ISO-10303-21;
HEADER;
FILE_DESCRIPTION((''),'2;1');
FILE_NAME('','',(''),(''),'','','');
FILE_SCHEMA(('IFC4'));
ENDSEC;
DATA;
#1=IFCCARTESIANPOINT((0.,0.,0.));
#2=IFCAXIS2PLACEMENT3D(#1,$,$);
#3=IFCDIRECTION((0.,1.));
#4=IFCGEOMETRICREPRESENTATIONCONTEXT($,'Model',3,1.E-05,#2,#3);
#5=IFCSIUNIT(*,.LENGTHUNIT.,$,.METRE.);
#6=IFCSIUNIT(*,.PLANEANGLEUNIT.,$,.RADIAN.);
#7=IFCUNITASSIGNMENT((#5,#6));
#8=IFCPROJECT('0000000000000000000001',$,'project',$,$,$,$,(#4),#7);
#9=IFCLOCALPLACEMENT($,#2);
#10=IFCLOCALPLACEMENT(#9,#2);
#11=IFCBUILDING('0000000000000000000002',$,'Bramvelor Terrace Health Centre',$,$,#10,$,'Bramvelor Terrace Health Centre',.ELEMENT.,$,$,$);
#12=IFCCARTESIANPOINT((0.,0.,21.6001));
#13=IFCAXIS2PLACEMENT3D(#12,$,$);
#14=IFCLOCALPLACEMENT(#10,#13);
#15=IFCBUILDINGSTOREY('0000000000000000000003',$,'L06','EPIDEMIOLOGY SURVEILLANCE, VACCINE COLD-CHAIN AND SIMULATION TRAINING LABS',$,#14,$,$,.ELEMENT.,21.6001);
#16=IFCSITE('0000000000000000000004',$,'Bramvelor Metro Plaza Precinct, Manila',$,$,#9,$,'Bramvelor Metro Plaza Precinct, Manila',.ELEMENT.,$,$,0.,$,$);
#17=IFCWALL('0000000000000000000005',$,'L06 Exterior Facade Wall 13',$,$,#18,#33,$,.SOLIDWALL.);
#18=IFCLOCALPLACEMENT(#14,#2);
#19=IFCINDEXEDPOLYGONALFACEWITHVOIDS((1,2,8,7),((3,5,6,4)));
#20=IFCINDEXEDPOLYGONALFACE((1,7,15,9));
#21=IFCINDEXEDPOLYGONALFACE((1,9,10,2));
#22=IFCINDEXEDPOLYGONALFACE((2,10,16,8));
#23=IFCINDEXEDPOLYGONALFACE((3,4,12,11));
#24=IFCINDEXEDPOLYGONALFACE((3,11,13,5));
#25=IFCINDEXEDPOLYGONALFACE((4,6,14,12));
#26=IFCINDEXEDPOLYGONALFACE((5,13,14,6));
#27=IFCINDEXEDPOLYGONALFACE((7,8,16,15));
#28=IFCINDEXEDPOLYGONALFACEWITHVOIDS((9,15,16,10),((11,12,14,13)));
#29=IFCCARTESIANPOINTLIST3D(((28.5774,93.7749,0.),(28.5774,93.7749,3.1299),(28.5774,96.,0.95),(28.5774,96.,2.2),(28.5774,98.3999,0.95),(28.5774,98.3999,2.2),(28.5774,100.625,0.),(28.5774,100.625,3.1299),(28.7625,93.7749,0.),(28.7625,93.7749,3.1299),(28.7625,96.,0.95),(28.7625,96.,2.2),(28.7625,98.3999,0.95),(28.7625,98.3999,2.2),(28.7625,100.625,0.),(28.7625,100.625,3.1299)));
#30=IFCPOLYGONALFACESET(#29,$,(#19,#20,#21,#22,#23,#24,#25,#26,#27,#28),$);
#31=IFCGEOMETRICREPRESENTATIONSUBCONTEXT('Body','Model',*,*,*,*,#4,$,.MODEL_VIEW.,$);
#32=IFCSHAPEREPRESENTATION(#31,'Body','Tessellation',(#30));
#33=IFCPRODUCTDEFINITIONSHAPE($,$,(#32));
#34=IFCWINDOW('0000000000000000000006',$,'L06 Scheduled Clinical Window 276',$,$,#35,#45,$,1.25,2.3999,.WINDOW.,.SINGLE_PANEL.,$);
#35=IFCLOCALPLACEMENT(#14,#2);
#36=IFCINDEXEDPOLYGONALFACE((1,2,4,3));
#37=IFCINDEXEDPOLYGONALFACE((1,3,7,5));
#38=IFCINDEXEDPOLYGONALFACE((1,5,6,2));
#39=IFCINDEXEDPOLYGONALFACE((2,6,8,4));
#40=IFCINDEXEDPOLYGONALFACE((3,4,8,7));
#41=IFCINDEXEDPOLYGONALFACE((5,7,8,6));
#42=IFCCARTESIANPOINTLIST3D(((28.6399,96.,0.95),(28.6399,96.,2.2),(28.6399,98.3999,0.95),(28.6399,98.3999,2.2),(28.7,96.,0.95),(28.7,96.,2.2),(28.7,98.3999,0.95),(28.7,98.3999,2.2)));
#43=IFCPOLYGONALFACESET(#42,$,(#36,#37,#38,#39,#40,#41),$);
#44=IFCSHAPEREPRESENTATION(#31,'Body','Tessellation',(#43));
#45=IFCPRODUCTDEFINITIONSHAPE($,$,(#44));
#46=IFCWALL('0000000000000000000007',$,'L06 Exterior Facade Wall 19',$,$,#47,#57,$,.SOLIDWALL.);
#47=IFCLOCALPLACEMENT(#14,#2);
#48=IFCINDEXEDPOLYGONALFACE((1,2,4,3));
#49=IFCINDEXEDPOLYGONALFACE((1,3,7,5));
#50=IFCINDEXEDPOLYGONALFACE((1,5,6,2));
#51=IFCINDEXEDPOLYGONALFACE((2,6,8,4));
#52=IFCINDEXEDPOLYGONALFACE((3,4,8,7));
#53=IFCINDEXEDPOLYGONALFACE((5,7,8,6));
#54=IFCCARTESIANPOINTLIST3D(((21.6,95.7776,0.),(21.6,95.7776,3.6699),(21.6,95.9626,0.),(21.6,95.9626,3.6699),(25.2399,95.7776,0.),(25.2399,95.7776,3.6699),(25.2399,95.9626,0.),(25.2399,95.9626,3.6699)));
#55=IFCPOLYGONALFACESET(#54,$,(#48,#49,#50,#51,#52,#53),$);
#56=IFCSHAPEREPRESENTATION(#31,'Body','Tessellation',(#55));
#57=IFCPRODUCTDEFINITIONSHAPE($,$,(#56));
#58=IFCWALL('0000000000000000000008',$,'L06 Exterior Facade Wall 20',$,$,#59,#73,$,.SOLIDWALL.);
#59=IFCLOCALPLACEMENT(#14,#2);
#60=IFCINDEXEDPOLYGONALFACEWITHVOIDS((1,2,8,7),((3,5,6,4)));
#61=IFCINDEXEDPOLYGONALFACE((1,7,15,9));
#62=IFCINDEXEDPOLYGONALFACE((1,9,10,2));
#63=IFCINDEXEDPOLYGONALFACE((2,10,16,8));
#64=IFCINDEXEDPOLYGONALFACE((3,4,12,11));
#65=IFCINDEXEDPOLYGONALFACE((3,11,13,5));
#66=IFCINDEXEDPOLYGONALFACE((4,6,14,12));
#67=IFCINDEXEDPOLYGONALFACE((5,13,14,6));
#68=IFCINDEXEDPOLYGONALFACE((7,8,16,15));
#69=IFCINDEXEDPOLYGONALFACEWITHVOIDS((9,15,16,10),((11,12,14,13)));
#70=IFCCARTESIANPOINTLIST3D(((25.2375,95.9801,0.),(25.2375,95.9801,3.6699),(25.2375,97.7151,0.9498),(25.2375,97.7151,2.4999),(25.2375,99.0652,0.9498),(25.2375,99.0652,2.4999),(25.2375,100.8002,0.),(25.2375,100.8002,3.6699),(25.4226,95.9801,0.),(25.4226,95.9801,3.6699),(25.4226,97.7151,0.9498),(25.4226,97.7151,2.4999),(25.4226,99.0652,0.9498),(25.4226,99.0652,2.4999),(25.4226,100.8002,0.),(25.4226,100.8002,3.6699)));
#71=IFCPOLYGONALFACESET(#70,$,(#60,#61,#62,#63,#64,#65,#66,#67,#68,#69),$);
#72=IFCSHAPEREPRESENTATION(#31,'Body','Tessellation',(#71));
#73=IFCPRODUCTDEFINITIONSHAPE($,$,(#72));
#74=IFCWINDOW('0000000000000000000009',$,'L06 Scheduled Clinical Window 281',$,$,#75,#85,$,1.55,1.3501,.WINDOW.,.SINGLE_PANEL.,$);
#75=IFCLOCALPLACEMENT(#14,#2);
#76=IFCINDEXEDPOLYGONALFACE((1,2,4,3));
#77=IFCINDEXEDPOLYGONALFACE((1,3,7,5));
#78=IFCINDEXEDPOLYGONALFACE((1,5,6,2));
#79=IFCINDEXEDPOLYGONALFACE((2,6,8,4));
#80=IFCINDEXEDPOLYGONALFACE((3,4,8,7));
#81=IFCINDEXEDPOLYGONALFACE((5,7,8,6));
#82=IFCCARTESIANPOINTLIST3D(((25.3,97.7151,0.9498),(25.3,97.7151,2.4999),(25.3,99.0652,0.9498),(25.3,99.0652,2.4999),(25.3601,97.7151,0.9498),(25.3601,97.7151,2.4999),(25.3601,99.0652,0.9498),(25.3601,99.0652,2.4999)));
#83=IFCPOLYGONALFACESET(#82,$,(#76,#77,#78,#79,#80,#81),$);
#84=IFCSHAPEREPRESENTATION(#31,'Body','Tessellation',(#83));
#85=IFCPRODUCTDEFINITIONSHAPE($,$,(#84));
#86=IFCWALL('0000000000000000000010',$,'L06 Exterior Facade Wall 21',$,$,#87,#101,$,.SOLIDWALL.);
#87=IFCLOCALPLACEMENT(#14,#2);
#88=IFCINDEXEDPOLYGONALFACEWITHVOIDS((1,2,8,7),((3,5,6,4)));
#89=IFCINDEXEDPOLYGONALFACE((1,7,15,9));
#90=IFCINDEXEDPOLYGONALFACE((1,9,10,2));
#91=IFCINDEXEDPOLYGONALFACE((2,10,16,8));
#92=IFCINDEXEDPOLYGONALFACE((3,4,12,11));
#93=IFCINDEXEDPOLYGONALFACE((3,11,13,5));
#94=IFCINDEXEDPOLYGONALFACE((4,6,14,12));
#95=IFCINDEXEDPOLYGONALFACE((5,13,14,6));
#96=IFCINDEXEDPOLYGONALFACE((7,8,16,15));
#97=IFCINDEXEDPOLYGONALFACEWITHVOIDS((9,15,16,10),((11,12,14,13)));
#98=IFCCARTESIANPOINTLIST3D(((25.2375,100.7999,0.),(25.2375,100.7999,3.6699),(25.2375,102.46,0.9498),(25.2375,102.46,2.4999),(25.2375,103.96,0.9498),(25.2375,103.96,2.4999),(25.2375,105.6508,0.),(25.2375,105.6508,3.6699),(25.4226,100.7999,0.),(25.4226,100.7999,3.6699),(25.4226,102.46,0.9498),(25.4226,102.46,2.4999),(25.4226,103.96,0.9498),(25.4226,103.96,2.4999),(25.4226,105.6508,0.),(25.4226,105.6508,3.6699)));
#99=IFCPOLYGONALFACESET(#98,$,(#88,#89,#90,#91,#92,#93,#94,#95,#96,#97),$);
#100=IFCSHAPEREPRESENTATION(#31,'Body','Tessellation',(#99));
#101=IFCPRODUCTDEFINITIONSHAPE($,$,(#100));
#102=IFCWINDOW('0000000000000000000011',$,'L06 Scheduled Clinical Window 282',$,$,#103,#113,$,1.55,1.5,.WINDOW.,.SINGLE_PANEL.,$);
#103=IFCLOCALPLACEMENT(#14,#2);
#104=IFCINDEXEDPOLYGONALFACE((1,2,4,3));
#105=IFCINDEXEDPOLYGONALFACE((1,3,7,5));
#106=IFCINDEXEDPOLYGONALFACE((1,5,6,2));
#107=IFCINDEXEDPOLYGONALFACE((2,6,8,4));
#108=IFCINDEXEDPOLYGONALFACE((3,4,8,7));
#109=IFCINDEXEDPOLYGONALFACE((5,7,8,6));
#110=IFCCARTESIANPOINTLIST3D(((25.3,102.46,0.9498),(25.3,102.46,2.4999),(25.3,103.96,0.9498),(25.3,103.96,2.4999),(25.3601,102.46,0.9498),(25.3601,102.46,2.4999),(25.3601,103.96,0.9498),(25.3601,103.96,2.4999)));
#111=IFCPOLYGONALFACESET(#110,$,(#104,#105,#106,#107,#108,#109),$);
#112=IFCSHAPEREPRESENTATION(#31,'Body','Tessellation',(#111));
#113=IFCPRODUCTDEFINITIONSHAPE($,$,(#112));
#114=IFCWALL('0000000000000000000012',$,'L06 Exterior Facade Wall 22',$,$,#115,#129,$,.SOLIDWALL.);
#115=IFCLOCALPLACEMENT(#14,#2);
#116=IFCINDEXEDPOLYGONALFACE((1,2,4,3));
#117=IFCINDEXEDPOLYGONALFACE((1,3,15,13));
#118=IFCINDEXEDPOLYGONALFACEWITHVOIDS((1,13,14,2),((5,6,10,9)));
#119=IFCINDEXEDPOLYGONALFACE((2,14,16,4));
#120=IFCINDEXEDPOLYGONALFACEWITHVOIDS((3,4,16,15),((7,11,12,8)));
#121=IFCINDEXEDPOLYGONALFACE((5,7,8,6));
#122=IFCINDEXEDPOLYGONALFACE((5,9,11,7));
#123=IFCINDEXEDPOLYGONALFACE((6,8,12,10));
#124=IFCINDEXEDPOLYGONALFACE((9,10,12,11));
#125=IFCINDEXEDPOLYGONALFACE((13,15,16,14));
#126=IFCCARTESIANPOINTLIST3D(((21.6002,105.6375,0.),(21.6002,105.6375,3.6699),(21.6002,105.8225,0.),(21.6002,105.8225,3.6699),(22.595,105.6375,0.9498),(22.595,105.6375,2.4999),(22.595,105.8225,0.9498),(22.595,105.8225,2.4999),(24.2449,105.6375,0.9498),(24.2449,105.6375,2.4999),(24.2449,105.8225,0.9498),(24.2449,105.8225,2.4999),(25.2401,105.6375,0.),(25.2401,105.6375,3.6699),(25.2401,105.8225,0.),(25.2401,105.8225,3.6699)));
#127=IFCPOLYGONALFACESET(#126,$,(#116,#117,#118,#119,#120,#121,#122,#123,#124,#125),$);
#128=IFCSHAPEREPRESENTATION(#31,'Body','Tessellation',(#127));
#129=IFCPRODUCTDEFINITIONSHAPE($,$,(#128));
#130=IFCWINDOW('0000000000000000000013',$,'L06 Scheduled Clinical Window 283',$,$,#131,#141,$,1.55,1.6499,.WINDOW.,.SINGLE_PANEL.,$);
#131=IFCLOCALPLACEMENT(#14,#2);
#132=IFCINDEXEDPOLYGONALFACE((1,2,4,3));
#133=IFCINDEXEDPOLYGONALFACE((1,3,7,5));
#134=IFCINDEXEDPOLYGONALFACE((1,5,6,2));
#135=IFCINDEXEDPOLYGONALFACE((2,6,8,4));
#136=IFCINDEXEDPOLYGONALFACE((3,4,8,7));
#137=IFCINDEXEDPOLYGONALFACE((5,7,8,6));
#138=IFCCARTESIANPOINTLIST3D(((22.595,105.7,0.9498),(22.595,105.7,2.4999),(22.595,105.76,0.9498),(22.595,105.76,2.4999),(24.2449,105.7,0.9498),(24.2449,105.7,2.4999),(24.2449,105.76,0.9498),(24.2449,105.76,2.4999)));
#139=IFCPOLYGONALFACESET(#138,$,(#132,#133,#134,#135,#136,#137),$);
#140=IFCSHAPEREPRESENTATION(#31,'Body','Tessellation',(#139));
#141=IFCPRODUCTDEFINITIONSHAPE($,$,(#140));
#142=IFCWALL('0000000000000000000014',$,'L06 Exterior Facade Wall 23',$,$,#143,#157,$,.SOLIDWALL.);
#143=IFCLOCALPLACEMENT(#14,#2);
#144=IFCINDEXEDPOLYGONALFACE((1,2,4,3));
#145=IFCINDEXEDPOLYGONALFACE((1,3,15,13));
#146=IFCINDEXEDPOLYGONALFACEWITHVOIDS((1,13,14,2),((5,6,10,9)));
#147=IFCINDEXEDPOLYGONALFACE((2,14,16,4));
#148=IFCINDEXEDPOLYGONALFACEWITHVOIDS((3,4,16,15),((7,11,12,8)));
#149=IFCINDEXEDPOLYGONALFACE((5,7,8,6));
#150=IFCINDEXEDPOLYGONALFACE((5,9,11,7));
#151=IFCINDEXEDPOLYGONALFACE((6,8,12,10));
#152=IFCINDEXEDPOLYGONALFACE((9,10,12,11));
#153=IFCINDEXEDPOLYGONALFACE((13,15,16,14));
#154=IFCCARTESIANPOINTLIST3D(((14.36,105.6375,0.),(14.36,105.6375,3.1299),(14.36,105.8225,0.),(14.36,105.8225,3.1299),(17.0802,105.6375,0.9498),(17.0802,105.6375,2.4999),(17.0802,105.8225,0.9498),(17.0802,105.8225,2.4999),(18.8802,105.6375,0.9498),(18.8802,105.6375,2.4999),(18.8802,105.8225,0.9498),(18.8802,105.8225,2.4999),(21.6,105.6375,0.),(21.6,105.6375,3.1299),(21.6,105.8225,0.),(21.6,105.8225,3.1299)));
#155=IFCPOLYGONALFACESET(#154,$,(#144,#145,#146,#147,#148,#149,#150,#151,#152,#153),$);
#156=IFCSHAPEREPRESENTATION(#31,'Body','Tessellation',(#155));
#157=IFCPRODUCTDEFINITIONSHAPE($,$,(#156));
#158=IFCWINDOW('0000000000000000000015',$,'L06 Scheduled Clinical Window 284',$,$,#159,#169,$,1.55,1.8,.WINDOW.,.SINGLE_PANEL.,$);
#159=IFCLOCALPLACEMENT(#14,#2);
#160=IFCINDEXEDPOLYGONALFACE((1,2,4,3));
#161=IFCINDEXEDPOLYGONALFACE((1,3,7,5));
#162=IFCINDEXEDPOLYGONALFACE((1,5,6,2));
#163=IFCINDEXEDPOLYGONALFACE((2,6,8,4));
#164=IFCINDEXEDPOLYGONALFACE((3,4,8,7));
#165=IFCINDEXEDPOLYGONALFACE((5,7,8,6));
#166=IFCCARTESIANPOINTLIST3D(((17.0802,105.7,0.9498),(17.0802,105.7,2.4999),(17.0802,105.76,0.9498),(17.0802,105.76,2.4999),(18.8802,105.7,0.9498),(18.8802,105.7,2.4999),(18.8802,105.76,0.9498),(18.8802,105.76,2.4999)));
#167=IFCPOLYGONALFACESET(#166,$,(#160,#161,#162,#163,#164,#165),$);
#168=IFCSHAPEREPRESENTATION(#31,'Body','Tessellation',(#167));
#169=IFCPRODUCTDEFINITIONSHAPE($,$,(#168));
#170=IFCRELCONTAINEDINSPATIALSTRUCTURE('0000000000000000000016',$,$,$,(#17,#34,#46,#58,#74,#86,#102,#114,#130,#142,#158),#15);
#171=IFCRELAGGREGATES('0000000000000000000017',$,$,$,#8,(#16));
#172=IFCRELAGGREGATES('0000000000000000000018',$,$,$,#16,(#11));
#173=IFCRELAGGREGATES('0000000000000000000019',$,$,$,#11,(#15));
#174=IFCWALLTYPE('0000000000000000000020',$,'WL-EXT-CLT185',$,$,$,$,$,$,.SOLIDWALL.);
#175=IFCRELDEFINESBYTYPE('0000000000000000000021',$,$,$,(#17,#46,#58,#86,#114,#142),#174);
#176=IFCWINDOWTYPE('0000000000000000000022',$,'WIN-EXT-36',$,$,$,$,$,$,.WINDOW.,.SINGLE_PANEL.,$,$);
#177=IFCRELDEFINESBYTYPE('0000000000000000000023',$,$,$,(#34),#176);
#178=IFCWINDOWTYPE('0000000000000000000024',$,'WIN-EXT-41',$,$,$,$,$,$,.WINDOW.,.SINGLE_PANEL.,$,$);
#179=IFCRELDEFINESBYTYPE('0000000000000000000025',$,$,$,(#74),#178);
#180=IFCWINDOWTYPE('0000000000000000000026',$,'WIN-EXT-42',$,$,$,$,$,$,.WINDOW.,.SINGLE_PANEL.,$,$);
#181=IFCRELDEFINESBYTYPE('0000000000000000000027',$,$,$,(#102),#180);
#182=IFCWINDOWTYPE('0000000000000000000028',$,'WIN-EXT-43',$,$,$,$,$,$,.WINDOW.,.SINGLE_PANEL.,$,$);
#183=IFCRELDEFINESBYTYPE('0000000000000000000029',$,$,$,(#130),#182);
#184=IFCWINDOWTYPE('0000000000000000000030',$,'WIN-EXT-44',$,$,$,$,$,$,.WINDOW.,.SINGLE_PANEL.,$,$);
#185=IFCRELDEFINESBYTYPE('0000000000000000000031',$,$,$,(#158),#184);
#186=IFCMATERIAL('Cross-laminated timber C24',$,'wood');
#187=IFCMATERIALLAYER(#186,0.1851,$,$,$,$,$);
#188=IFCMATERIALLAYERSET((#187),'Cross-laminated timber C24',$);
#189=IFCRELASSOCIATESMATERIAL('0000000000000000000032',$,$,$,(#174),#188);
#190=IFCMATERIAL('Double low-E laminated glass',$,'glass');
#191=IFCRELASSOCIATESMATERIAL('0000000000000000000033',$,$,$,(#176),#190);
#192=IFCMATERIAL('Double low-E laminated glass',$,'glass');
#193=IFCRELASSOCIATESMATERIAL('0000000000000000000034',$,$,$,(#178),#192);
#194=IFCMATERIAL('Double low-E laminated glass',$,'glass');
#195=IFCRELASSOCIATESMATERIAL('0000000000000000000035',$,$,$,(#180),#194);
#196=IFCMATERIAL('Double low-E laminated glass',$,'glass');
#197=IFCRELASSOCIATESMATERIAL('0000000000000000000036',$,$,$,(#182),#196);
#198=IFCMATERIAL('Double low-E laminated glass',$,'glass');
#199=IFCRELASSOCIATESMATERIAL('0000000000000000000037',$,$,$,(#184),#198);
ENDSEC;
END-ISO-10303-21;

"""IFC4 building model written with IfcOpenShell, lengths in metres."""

from ifc_helpers import new_model, si_unit, direction, frame, frame_2d, origin, place, context, subcontext, project, spatial, rectangle, extrude, material, layer, layer_set, type_object, element, fill, save


model = new_model("IFC4")

# Units and contexts
model_context = context("Model", 3, precision=1e-05, world=origin(), true_north=direction((0.0, 1.0)))
body_context = subcontext(model_context, "Body", "Model", "MODEL_VIEW")
ifc_project = project(units=[si_unit("LENGTHUNIT", "METRE"), si_unit("PLANEANGLEUNIT", "RADIAN")], contexts=[model_context])

# Site, building, storey
site_placement = place(None, origin())
site = spatial("IfcSite", under=ifc_project, at=site_placement, Name="Bramvelor Metro Plaza Precinct, Manila", LongName="Bramvelor Metro Plaza Precinct, Manila", CompositionType="ELEMENT", RefElevation=0.0)
building_placement = place(site_placement, origin())
building = spatial("IfcBuilding", under=site, at=building_placement, Name="Bramvelor Terrace Health Centre", LongName="Bramvelor Terrace Health Centre", CompositionType="ELEMENT")
storey_placement = place(building_placement, frame((0.0, 0.0, 21.6001)))
storey = spatial("IfcBuildingStorey", under=building, at=storey_placement, Name="L06", Description="EPIDEMIOLOGY SURVEILLANCE, VACCINE COLD-CHAIN AND SIMULATION TRAINING LABS", CompositionType="ELEMENT", Elevation=21.6001)

# Shared definitions
ifc_material_1 = material(Name="Cross-laminated timber C24", Category="wood")
ifc_layer_1 = layer(ifc_material_1, 0.1851)
ifc_layer_set_1 = layer_set([ifc_layer_1], Name="Cross-laminated timber C24")
wall_type_1 = type_object("IfcWallType", Name="WL-EXT-CLT185", PredefinedType="SOLIDWALL", material=ifc_layer_set_1)

# Wall, opening, window
wall_1_placement = place(storey_placement, frame((28.6699, 100.625, 0.0), z_axis=(0.0, 0.0, 1.0), x_axis=(0.0, -1.0, 0.0)))
wall_1 = element("IfcWall", 1, at=wall_1_placement, inside=storey, type_object=wall_type_1, Name="L06 Exterior Facade Wall 13", PredefinedType="SOLIDWALL", context=body_context, shape_type="SweptSolid", body=[
    extrude(rectangle(XDim=6.8501, YDim=0.1851, at=frame_2d((3.425, 0.0))), origin(), (0.0, 0.0, 1.0), 3.1299),
])
opening_1_placement = place(wall_1_placement, frame((2.2251, 0.0, 0.95)))
opening_1 = element("IfcOpeningElement", 2, at=opening_1_placement, cuts=wall_1, PredefinedType="OPENING", context=body_context, shape_type="SweptSolid", body=[
    extrude(rectangle(XDim=2.3999, YDim=1.25, at=frame_2d((1.2, 0.625))), frame((0.0, 0.1025, 0.0), z_axis=(0.0, -1.0, 0.0), x_axis=(1.0, 0.0, 0.0)), (0.0, 0.0, 1.0), 0.2051),
])
ifc_material_2 = material(Name="Double low-E laminated glass", Category="glass")
window_type_1 = type_object("IfcWindowType", Name="WIN-EXT-36", PartitioningType="SINGLE_PANEL", PredefinedType="WINDOW", material=ifc_material_2)
window_1_placement = place(opening_1_placement, origin())
window_1 = element("IfcWindow", 3, at=window_1_placement, inside=storey, type_object=window_type_1, Name="L06 Scheduled Clinical Window 276", OverallHeight=1.25, OverallWidth=2.3999, PartitioningType="SINGLE_PANEL", PredefinedType="WINDOW", context=body_context, shape_type="SweptSolid", body=[
    extrude(rectangle(XDim=2.3999, YDim=1.25, at=frame_2d((1.2, 0.625))), frame((0.0, 0.03, 0.0), z_axis=(0.0, -1.0, 0.0), x_axis=(1.0, 0.0, 0.0)), (0.0, 0.0, 1.0), 0.0601),
])
fill(opening_1, window_1)

# Wall
wall_2_placement = place(storey_placement, frame((21.6001, 95.8701, 0.0), z_axis=(0.0, 0.0, 1.0), x_axis=(1.0, 0.0, 0.0)))
element("IfcWall", 4, at=wall_2_placement, inside=storey, type_object=wall_type_1, Name="L06 Exterior Facade Wall 19", PredefinedType="SOLIDWALL", context=body_context, shape_type="SweptSolid", body=[
    extrude(rectangle(XDim=3.6399, YDim=0.1851, at=frame_2d((1.8198, 0.0))), origin(), (0.0, 0.0, 1.0), 3.6699),
])

# Walls, openings, windows
wall_3_placement = place(storey_placement, frame((25.3301, 95.98, 0.0), z_axis=(0.0, 0.0, 1.0), x_axis=(0.0, 1.0, 0.0)))
wall_3 = element("IfcWall", 5, at=wall_3_placement, inside=storey, type_object=wall_type_1, Name="L06 Exterior Facade Wall 20", PredefinedType="SOLIDWALL", context=body_context, shape_type="SweptSolid", body=[
    extrude(rectangle(XDim=4.8201, YDim=0.1851, at=frame_2d((2.4102, 0.0))), origin(), (0.0, 0.0, 1.0), 3.6699),
])
opening_2_placement = place(wall_3_placement, frame((1.7351, 0.0, 0.95)))
opening_2 = element("IfcOpeningElement", 6, at=opening_2_placement, cuts=wall_3, PredefinedType="OPENING", context=body_context, shape_type="SweptSolid", body=[
    extrude(rectangle(XDim=1.3501, YDim=1.55, at=frame_2d((0.675, 0.7749))), frame((0.0, 0.1025, 0.0), z_axis=(0.0, -1.0, 0.0), x_axis=(1.0, 0.0, 0.0)), (0.0, 0.0, 1.0), 0.2051),
])
ifc_material_3 = material(Name="Double low-E laminated glass", Category="glass")
window_type_2 = type_object("IfcWindowType", Name="WIN-EXT-41", PartitioningType="SINGLE_PANEL", PredefinedType="WINDOW", material=ifc_material_3)
window_2_placement = place(opening_2_placement, origin())
window_2 = element("IfcWindow", 7, at=window_2_placement, inside=storey, type_object=window_type_2, Name="L06 Scheduled Clinical Window 281", OverallHeight=1.55, OverallWidth=1.3501, PartitioningType="SINGLE_PANEL", PredefinedType="WINDOW", context=body_context, shape_type="SweptSolid", body=[
    extrude(rectangle(XDim=1.3501, YDim=1.55, at=frame_2d((0.675, 0.7749))), frame((0.0, 0.03, 0.0), z_axis=(0.0, -1.0, 0.0), x_axis=(1.0, 0.0, 0.0)), (0.0, 0.0, 1.0), 0.0601),
])
fill(opening_2, window_2)
wall_4_placement = place(storey_placement, frame((25.3301, 100.8, 0.0), z_axis=(0.0, 0.0, 1.0), x_axis=(0.0, 1.0, 0.0)))
wall_4 = element("IfcWall", 8, at=wall_4_placement, inside=storey, type_object=wall_type_1, Name="L06 Exterior Facade Wall 21", PredefinedType="SOLIDWALL", context=body_context, shape_type="SweptSolid", body=[
    extrude(rectangle(XDim=4.8508, YDim=0.1851, at=frame_2d((2.4253, 0.0))), origin(), (0.0, 0.0, 1.0), 3.6699),
])
opening_3_placement = place(wall_4_placement, frame((1.6599, 0.0, 0.95)))
opening_3 = element("IfcOpeningElement", 9, at=opening_3_placement, cuts=wall_4, PredefinedType="OPENING", context=body_context, shape_type="SweptSolid", body=[
    extrude(rectangle(XDim=1.5, YDim=1.55, at=frame_2d((0.75, 0.7749))), frame((0.0, 0.1025, 0.0), z_axis=(0.0, -1.0, 0.0), x_axis=(1.0, 0.0, 0.0)), (0.0, 0.0, 1.0), 0.2051),
])
ifc_material_4 = material(Name="Double low-E laminated glass", Category="glass")
window_type_3 = type_object("IfcWindowType", Name="WIN-EXT-42", PartitioningType="SINGLE_PANEL", PredefinedType="WINDOW", material=ifc_material_4)
window_3_placement = place(opening_3_placement, origin())
window_3 = element("IfcWindow", 10, at=window_3_placement, inside=storey, type_object=window_type_3, Name="L06 Scheduled Clinical Window 282", OverallHeight=1.55, OverallWidth=1.5, PartitioningType="SINGLE_PANEL", PredefinedType="WINDOW", context=body_context, shape_type="SweptSolid", body=[
    extrude(rectangle(XDim=1.5, YDim=1.55, at=frame_2d((0.75, 0.7749))), frame((0.0, 0.03, 0.0), z_axis=(0.0, -1.0, 0.0), x_axis=(1.0, 0.0, 0.0)), (0.0, 0.0, 1.0), 0.0601),
])
fill(opening_3, window_3)
wall_5_placement = place(storey_placement, frame((25.24, 105.73, 0.0), z_axis=(0.0, 0.0, 1.0), x_axis=(-1.0, 0.0, 0.0)))
wall_5 = element("IfcWall", 11, at=wall_5_placement, inside=storey, type_object=wall_type_1, Name="L06 Exterior Facade Wall 22", PredefinedType="SOLIDWALL", context=body_context, shape_type="SweptSolid", body=[
    extrude(rectangle(XDim=3.6399, YDim=0.1851, at=frame_2d((1.8198, 0.0))), origin(), (0.0, 0.0, 1.0), 3.6699),
])
opening_4_placement = place(wall_5_placement, frame((0.9951, 0.0, 0.95)))
opening_4 = element("IfcOpeningElement", 12, at=opening_4_placement, cuts=wall_5, PredefinedType="OPENING", context=body_context, shape_type="SweptSolid", body=[
    extrude(rectangle(XDim=1.6499, YDim=1.55, at=frame_2d((0.825, 0.7749))), frame((0.0, 0.1025, 0.0), z_axis=(0.0, -1.0, 0.0), x_axis=(1.0, 0.0, 0.0)), (0.0, 0.0, 1.0), 0.2051),
])
ifc_material_5 = material(Name="Double low-E laminated glass", Category="glass")
window_type_4 = type_object("IfcWindowType", Name="WIN-EXT-43", PartitioningType="SINGLE_PANEL", PredefinedType="WINDOW", material=ifc_material_5)
window_4_placement = place(opening_4_placement, origin())
window_4 = element("IfcWindow", 13, at=window_4_placement, inside=storey, type_object=window_type_4, Name="L06 Scheduled Clinical Window 283", OverallHeight=1.55, OverallWidth=1.6499, PartitioningType="SINGLE_PANEL", PredefinedType="WINDOW", context=body_context, shape_type="SweptSolid", body=[
    extrude(rectangle(XDim=1.6499, YDim=1.55, at=frame_2d((0.825, 0.7749))), frame((0.0, 0.03, 0.0), z_axis=(0.0, -1.0, 0.0), x_axis=(1.0, 0.0, 0.0)), (0.0, 0.0, 1.0), 0.0601),
])
fill(opening_4, window_4)
wall_6_placement = place(storey_placement, frame((21.6001, 105.73, 0.0), z_axis=(0.0, 0.0, 1.0), x_axis=(-1.0, 0.0, 0.0)))
wall_6 = element("IfcWall", 14, at=wall_6_placement, inside=storey, type_object=wall_type_1, Name="L06 Exterior Facade Wall 23", PredefinedType="SOLIDWALL", context=body_context, shape_type="SweptSolid", body=[
    extrude(rectangle(XDim=7.24, YDim=0.1851, at=frame_2d((3.6201, 0.0))), origin(), (0.0, 0.0, 1.0), 3.1299),
])
opening_5_placement = place(wall_6_placement, frame((2.72, 0.0, 0.95)))
opening_5 = element("IfcOpeningElement", 15, at=opening_5_placement, cuts=wall_6, PredefinedType="OPENING", context=body_context, shape_type="SweptSolid", body=[
    extrude(rectangle(XDim=1.8, YDim=1.55, at=frame_2d((0.8999, 0.7749))), frame((0.0, 0.1025, 0.0), z_axis=(0.0, -1.0, 0.0), x_axis=(1.0, 0.0, 0.0)), (0.0, 0.0, 1.0), 0.2051),
])
ifc_material_6 = material(Name="Double low-E laminated glass", Category="glass")
window_type_5 = type_object("IfcWindowType", Name="WIN-EXT-44", PartitioningType="SINGLE_PANEL", PredefinedType="WINDOW", material=ifc_material_6)
window_5_placement = place(opening_5_placement, origin())
window_5 = element("IfcWindow", 16, at=window_5_placement, inside=storey, type_object=window_type_5, Name="L06 Scheduled Clinical Window 284", OverallHeight=1.55, OverallWidth=1.8, PartitioningType="SINGLE_PANEL", PredefinedType="WINDOW", context=body_context, shape_type="SweptSolid", body=[
    extrude(rectangle(XDim=1.8, YDim=1.55, at=frame_2d((0.8999, 0.7749))), frame((0.0, 0.03, 0.0), z_axis=(0.0, -1.0, 0.0), x_axis=(1.0, 0.0, 0.0)), (0.0, 0.0, 1.0), 0.0601),
])
fill(opening_5, window_5)

save(model, "model.ifc")
